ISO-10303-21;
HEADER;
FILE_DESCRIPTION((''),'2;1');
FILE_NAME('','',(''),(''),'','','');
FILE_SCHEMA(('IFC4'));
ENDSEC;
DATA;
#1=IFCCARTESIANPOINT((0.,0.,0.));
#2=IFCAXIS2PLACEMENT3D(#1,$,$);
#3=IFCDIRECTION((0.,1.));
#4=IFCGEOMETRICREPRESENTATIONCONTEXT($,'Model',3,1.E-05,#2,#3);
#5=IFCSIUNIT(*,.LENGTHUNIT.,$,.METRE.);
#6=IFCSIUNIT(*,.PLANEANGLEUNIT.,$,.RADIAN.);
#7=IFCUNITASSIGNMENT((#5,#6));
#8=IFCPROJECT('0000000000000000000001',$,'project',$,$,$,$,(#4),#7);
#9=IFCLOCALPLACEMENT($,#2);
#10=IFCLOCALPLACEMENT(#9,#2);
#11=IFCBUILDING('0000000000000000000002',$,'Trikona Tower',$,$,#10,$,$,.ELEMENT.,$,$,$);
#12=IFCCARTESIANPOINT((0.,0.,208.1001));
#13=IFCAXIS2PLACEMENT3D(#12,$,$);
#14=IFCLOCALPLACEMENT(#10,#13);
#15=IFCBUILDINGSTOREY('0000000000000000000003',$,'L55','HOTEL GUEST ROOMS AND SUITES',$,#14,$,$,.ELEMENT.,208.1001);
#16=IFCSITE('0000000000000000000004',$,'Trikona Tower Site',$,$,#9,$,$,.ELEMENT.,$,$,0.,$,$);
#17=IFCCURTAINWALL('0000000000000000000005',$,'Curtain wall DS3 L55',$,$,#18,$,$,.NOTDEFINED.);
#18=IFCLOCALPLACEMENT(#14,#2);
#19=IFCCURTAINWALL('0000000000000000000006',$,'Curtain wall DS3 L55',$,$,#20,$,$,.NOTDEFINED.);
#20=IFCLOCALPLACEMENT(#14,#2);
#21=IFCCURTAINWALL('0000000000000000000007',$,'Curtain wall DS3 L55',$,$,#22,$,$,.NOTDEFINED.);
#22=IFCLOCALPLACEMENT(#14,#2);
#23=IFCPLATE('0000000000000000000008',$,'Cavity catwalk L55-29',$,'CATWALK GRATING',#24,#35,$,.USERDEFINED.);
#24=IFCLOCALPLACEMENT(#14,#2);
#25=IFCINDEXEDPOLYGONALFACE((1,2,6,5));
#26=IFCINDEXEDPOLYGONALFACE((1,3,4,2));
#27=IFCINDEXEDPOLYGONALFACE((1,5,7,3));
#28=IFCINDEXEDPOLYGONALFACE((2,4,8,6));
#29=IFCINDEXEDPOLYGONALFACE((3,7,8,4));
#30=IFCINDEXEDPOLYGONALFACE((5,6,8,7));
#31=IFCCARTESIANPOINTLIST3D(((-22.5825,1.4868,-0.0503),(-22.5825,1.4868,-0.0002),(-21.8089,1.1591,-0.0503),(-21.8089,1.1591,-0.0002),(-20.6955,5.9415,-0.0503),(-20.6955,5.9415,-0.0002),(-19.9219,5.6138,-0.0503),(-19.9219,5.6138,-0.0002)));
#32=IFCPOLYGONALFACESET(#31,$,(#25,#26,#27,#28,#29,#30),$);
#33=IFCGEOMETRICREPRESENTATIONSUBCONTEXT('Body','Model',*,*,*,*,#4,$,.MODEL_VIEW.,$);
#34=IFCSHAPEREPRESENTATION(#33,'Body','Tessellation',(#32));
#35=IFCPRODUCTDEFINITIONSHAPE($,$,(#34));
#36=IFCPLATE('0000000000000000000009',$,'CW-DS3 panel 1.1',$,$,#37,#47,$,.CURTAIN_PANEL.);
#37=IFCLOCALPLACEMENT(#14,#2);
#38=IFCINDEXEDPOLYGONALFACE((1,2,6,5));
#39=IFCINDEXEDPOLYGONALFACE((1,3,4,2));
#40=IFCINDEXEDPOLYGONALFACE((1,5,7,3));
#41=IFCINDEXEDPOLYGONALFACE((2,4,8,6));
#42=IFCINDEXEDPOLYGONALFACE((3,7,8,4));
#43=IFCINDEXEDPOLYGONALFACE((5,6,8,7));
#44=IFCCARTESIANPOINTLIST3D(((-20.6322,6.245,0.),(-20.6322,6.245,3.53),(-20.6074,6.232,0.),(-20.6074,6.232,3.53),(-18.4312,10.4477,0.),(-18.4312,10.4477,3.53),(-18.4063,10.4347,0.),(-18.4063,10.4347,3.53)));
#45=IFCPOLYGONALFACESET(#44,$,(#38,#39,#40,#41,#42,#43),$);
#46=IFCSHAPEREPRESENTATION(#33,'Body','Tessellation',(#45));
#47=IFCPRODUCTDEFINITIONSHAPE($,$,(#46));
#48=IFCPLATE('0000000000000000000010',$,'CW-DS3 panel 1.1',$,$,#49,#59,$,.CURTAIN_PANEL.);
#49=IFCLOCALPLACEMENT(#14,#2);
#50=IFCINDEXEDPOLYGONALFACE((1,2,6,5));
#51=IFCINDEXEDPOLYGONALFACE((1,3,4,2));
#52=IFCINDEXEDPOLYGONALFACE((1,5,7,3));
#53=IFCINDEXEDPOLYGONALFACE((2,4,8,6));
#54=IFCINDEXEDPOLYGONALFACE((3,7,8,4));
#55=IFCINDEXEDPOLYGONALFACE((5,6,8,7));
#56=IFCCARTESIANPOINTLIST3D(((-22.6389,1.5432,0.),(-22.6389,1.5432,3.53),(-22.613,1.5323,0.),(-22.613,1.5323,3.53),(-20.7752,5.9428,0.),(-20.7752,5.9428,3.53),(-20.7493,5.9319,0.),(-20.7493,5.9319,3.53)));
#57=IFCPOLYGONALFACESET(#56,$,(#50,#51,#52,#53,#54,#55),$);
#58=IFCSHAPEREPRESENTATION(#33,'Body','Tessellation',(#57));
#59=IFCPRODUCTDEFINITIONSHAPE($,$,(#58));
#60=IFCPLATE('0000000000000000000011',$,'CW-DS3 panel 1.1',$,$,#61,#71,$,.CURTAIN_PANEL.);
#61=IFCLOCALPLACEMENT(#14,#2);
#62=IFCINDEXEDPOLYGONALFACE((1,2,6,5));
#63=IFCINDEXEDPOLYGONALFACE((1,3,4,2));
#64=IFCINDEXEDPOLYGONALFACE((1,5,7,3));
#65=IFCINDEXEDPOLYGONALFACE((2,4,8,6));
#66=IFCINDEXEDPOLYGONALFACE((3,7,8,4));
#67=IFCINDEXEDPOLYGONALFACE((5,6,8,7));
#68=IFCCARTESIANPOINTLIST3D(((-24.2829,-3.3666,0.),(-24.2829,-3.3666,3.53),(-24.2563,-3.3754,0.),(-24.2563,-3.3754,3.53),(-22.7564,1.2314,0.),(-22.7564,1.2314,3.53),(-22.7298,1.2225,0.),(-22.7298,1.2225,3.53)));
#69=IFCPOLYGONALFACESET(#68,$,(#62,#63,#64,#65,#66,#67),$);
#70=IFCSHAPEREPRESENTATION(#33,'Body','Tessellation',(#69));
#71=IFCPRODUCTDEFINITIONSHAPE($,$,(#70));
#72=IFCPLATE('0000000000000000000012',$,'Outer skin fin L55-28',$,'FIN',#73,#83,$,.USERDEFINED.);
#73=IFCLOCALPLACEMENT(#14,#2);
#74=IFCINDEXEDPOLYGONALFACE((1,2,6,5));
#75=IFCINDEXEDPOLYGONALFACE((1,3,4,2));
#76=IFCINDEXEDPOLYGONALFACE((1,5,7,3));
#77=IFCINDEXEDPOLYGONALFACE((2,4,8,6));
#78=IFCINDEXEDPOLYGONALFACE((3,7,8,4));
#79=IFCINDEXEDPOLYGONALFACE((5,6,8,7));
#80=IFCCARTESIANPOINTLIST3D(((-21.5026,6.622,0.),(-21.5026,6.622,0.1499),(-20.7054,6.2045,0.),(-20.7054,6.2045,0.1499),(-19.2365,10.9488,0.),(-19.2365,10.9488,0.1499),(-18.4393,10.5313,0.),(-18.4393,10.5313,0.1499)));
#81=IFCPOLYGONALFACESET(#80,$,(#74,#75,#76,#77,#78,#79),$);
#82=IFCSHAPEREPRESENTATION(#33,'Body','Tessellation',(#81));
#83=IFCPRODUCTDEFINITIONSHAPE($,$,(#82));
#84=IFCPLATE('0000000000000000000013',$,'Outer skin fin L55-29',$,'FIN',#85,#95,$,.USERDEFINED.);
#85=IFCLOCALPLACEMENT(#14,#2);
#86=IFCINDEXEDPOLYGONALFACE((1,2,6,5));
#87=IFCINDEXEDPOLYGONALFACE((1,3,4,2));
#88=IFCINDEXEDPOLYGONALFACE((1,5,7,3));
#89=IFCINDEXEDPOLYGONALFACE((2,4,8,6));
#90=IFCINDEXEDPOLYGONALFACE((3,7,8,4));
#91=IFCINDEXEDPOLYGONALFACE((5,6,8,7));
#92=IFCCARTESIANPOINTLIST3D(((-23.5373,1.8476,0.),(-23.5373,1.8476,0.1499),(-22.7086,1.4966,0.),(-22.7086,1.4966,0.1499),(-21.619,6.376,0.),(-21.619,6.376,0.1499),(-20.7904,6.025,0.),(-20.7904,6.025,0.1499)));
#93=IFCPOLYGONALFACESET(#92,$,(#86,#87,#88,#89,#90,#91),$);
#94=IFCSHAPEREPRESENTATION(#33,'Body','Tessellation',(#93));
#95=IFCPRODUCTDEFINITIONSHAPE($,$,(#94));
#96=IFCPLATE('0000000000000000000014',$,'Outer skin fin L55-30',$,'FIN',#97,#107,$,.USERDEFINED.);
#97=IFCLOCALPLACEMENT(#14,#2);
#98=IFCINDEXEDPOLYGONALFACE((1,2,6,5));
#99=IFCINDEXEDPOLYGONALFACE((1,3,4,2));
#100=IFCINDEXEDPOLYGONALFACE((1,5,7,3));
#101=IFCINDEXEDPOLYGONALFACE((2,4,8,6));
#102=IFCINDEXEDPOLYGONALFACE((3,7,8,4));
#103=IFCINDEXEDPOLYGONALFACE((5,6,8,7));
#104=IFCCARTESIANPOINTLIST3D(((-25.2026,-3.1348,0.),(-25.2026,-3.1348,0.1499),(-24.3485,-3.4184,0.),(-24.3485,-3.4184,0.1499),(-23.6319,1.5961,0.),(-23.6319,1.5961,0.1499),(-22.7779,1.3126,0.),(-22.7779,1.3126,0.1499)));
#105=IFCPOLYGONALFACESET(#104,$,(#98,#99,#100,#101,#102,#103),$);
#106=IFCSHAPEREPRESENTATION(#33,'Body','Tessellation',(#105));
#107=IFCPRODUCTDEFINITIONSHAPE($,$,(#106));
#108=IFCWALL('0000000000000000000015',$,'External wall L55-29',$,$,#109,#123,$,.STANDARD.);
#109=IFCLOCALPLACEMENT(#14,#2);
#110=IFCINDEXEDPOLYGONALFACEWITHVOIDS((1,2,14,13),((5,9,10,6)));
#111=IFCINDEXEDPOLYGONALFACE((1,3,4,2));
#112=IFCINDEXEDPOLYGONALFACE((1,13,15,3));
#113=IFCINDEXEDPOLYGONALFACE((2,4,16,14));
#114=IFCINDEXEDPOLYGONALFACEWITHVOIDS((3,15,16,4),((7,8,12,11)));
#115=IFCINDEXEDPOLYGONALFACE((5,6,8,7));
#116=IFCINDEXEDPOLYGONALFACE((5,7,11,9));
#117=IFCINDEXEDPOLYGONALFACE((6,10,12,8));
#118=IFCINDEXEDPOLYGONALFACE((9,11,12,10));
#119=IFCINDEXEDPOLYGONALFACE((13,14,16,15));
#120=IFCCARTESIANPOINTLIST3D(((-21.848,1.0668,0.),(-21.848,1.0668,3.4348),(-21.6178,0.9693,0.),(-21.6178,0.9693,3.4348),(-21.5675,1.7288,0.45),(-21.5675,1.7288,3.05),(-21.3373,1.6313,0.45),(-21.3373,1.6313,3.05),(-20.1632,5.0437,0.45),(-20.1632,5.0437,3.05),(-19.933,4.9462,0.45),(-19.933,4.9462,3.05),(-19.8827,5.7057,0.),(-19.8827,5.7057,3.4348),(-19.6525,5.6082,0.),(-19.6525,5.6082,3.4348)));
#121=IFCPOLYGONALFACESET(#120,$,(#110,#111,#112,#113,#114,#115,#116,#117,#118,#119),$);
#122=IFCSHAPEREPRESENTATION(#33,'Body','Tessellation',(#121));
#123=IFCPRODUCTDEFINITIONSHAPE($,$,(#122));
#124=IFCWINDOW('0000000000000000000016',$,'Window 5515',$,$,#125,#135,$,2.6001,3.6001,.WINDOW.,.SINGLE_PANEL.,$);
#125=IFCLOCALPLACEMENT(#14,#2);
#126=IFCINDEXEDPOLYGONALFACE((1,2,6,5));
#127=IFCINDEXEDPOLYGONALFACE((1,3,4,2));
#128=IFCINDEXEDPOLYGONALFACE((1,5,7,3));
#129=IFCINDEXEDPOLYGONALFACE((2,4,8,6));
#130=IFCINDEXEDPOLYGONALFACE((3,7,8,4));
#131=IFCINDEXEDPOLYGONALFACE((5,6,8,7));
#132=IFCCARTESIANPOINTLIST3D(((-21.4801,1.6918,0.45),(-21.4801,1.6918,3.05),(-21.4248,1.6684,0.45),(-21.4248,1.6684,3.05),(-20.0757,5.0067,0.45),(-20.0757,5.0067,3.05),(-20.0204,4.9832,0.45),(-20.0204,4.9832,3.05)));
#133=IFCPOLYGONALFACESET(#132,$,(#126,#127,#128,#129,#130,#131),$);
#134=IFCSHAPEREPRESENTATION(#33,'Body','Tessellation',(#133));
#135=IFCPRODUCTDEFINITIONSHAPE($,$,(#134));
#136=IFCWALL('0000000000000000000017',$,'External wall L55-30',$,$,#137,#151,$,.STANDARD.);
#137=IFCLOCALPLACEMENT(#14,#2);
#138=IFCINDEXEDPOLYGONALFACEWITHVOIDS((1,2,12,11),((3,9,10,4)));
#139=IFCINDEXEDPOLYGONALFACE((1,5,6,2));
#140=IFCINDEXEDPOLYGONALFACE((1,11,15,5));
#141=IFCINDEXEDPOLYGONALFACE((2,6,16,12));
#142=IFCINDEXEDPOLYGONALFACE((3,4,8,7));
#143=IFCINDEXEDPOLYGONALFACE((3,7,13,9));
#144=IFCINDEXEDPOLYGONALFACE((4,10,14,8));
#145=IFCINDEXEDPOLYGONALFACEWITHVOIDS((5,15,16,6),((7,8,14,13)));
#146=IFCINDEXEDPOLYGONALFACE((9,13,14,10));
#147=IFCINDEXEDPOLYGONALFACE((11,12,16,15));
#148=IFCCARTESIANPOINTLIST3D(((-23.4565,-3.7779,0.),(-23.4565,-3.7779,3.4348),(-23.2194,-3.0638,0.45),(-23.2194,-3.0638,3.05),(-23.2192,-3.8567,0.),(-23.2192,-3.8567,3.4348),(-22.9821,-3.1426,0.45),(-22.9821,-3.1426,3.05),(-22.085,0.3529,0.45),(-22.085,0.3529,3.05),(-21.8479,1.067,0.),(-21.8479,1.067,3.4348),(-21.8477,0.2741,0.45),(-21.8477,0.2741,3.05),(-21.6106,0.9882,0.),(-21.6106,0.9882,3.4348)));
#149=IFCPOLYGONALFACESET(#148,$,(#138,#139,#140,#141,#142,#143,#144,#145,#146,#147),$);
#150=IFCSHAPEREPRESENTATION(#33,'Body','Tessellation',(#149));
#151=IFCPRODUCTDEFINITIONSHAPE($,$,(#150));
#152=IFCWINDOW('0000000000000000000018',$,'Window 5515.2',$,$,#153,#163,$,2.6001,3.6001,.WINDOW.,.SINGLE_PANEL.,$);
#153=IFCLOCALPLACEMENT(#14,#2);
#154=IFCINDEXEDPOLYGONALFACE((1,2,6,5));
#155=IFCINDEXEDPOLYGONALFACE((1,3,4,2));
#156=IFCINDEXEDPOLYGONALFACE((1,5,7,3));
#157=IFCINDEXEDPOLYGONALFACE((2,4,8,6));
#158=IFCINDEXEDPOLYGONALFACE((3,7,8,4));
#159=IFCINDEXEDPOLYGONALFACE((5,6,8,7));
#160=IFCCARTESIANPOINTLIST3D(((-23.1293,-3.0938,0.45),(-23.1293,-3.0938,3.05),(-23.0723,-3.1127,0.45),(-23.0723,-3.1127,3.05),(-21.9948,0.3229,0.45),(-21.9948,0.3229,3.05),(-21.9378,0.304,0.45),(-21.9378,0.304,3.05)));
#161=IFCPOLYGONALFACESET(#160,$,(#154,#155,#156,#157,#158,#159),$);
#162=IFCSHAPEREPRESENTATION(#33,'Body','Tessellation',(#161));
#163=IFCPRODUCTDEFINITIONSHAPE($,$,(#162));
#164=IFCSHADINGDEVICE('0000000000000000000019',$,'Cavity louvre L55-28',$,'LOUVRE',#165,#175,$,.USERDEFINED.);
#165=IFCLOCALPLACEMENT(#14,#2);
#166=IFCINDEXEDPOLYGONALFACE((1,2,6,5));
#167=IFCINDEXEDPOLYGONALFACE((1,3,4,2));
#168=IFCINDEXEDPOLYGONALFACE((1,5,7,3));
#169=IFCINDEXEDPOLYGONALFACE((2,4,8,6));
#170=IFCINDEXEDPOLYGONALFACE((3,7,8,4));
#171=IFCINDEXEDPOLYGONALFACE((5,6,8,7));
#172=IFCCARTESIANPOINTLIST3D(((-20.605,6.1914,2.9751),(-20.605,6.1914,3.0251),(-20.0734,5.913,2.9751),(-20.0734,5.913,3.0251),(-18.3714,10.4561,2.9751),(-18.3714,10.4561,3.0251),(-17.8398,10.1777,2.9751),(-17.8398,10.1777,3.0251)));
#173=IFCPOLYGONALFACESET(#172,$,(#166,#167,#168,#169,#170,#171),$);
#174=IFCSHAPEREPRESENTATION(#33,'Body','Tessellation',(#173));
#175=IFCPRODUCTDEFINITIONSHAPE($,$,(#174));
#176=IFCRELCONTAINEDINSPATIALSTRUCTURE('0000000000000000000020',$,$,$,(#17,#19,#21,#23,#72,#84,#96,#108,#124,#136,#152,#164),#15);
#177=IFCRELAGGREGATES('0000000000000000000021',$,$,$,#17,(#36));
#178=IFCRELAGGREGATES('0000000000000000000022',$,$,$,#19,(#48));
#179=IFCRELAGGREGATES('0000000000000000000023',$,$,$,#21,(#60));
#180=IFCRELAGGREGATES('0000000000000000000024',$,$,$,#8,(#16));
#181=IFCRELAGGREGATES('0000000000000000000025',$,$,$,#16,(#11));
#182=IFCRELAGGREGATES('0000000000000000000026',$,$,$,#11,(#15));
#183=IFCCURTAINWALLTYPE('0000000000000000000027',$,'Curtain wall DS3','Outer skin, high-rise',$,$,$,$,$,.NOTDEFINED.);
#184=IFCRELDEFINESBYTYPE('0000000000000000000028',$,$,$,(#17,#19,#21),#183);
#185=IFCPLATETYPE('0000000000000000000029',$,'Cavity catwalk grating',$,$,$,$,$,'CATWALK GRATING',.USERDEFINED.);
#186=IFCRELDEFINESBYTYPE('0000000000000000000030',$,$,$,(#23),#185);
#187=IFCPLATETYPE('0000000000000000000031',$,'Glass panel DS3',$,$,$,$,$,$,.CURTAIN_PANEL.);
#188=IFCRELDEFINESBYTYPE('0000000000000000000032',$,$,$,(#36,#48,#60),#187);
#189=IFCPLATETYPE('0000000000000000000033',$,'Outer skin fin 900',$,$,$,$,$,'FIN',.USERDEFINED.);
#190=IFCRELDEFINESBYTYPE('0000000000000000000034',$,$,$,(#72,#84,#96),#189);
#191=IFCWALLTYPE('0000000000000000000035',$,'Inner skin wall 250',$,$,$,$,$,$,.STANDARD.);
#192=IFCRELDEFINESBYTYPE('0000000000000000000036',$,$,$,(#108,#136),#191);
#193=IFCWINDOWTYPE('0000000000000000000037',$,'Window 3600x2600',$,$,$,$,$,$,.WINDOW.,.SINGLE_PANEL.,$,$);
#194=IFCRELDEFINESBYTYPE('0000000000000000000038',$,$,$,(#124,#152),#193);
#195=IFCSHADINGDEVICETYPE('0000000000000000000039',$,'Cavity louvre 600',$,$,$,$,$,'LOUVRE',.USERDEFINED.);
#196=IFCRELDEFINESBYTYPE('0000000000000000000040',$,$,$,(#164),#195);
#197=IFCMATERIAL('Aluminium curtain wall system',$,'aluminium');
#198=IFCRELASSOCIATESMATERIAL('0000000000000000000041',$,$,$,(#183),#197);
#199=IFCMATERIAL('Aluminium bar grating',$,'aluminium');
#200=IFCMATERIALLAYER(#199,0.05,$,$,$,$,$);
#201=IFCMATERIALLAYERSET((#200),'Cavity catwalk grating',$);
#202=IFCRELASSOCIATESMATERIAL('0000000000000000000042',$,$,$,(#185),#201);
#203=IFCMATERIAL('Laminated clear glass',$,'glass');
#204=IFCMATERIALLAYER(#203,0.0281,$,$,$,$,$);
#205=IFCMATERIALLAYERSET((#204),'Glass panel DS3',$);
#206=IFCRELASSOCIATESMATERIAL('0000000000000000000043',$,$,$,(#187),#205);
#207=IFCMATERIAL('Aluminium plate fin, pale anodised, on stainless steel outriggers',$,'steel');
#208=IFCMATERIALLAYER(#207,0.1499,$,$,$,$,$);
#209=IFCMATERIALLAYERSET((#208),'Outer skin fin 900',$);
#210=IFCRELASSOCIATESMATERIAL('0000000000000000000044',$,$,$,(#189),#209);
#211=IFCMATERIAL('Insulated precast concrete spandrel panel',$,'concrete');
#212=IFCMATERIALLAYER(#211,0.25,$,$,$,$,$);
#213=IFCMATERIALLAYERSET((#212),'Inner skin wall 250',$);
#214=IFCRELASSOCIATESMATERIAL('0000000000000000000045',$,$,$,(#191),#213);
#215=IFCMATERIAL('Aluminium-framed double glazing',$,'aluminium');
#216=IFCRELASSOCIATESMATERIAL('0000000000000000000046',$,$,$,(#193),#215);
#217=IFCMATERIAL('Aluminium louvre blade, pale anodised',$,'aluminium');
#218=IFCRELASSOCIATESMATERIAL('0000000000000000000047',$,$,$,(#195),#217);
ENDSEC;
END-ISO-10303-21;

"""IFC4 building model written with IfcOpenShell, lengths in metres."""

from ifc_helpers import new_model, si_unit, direction, frame, frame_2d, origin, origin_2d, place, context, subcontext, project, spatial, rectangle, extrude, material, layer, layer_set, type_object, element, fill, aggregate, save


model = new_model("IFC4")

# Units and contexts
model_context = context("Model", 3, precision=1e-05, world=origin(), true_north=direction((0.0, 1.0)))
body_context = subcontext(model_context, "Body", "Model", "MODEL_VIEW")
ifc_project = project(units=[si_unit("LENGTHUNIT", "METRE"), si_unit("PLANEANGLEUNIT", "RADIAN")], contexts=[model_context])

# Site, building, storey
site_placement = place(None, origin())
site = spatial("IfcSite", under=ifc_project, at=site_placement, Name="Trikona Tower Site", CompositionType="ELEMENT", RefElevation=0.0)
building_placement = place(site_placement, origin())
building = spatial("IfcBuilding", under=site, at=building_placement, Name="Trikona Tower", CompositionType="ELEMENT")
storey_placement = place(building_placement, frame((0.0, 0.0, 208.1001)))
storey = spatial("IfcBuildingStorey", under=building, at=storey_placement, Name="L55", Description="HOTEL GUEST ROOMS AND SUITES", CompositionType="ELEMENT", Elevation=208.1001)

# Shared definitions
ifc_material_1 = material(Name="Aluminium curtain wall system", Category="aluminium")
curtain_wall_type = type_object("IfcCurtainWallType", Name="Curtain wall DS3", Description="Outer skin, high-rise", PredefinedType="NOTDEFINED", material=ifc_material_1)

# Curtain walls
curtain_wall_1_placement = place(storey_placement, origin())
curtain_wall_1 = element("IfcCurtainWall", 1, at=curtain_wall_1_placement, inside=storey, type_object=curtain_wall_type, Name="Curtain wall DS3 L55", PredefinedType="NOTDEFINED")
curtain_wall_2_placement = place(storey_placement, origin())
curtain_wall_2 = element("IfcCurtainWall", 2, at=curtain_wall_2_placement, inside=storey, type_object=curtain_wall_type, Name="Curtain wall DS3 L55", PredefinedType="NOTDEFINED")

# Curtain wall
curtain_wall_3_placement = place(storey_placement, origin())
curtain_wall_3 = element("IfcCurtainWall", 3, at=curtain_wall_3_placement, inside=storey, type_object=curtain_wall_type, Name="Curtain wall DS3 L55", PredefinedType="NOTDEFINED")

# Plate
ifc_material_2 = material(Name="Aluminium bar grating", Category="aluminium")
ifc_layer_1 = layer(ifc_material_2, 0.05)
ifc_layer_set_1 = layer_set([ifc_layer_1], Name="Cavity catwalk grating")
plate_type_1 = type_object("IfcPlateType", Name="Cavity catwalk grating", ElementType="CATWALK GRATING", PredefinedType="USERDEFINED", material=ifc_layer_set_1)
plate_1_placement = place(storey_placement, frame((-21.2522, 3.5503, -0.0503), z_axis=(0.0, 0.0, 1.0), x_axis=(-0.390051, -0.920793, 0.0)))
element("IfcPlate", 4, at=plate_1_placement, inside=storey, type_object=plate_type_1, Name="Cavity catwalk L55-29", ObjectType="CATWALK GRATING", PredefinedType="USERDEFINED", context=body_context, shape_type="SweptSolid", body=[
    extrude(rectangle(XDim=4.8379, YDim=0.8401, at=origin_2d()), origin(), (0.0, 0.0, 1.0), 0.05),
])

# Plates
ifc_material_3 = material(Name="Laminated clear glass", Category="glass")
ifc_layer_2 = layer(ifc_material_3, 0.0281)
ifc_layer_set_2 = layer_set([ifc_layer_2], Name="Glass panel DS3")
plate_type_2 = type_object("IfcPlateType", Name="Glass panel DS3", PredefinedType="CURTAIN_PANEL", material=ifc_layer_set_2)
plate_2_placement = place(storey_placement, frame((-19.5193, 8.3398, 0.0), z_axis=(0.0, 0.0, 1.0), x_axis=(-0.463948, -0.885862, 0.0)))
plate_2 = element("IfcPlate", 5, at=plate_2_placement, type_object=plate_type_2, Name="CW-DS3 panel 1.1", PredefinedType="CURTAIN_PANEL", context=body_context, shape_type="SweptSolid", body=[
    extrude(rectangle(XDim=4.7441, YDim=0.0281, at=origin_2d()), origin(), (0.0, 0.0, 1.0), 3.53),
])
aggregate(curtain_wall_1, [plate_2])
plate_3_placement = place(storey_placement, frame((-21.6941, 3.7375, 0.0), z_axis=(0.0, 0.0, 1.0), x_axis=(-0.390053, -0.920792, 0.0)))
plate_3 = element("IfcPlate", 6, at=plate_3_placement, type_object=plate_type_2, Name="CW-DS3 panel 1.1", PredefinedType="CURTAIN_PANEL", context=body_context, shape_type="SweptSolid", body=[
    extrude(rectangle(XDim=4.7781, YDim=0.0281, at=origin_2d()), origin(), (0.0, 0.0, 1.0), 3.53),
])
aggregate(curtain_wall_2, [plate_3])
plate_4_placement = place(storey_placement, frame((-23.5063, -1.072, 0.0), z_axis=(0.0, 0.0, 1.0), x_axis=(-0.315078, -0.949066, 0.0)))
plate_4 = element("IfcPlate", 7, at=plate_4_placement, type_object=plate_type_2, Name="CW-DS3 panel 1.1", PredefinedType="CURTAIN_PANEL", context=body_context, shape_type="SweptSolid", body=[
    extrude(rectangle(XDim=4.8447, YDim=0.0281, at=origin_2d()), origin(), (0.0, 0.0, 1.0), 3.53),
])
aggregate(curtain_wall_3, [plate_4])

# Plates
ifc_material_4 = material(Name="Aluminium plate fin, pale anodised, on stainless steel outriggers", Category="steel")
ifc_layer_3 = layer(ifc_material_4, 0.1499)
ifc_layer_set_3 = layer_set([ifc_layer_3], Name="Outer skin fin 900")
plate_type_3 = type_object("IfcPlateType", Name="Outer skin fin 900", ElementType="FIN", PredefinedType="USERDEFINED", material=ifc_layer_set_3)
plate_5_placement = place(storey_placement, frame((-19.9709, 8.5767, 0.0), z_axis=(0.0, 0.0, 1.0), x_axis=(-0.463952, -0.88586, 0.0)))
element("IfcPlate", 8, at=plate_5_placement, inside=storey, type_object=plate_type_3, Name="Outer skin fin L55-28", ObjectType="FIN", PredefinedType="USERDEFINED", context=body_context, shape_type="SweptSolid", body=[
    extrude(rectangle(XDim=4.8843, YDim=0.8999, at=origin_2d()), origin(), (0.0, 0.0, 1.0), 0.1499),
])
plate_6_placement = place(storey_placement, frame((-22.1638, 3.9363, 0.0), z_axis=(0.0, 0.0, 1.0), x_axis=(-0.390051, -0.920793, 0.0)))
element("IfcPlate", 9, at=plate_6_placement, inside=storey, type_object=plate_type_3, Name="Outer skin fin L55-29", ObjectType="FIN", PredefinedType="USERDEFINED", context=body_context, shape_type="SweptSolid", body=[
    extrude(rectangle(XDim=4.918, YDim=0.8999, at=origin_2d()), origin(), (0.0, 0.0, 1.0), 0.1499),
])
plate_7_placement = place(storey_placement, frame((-23.9902, -0.9111, 0.0), z_axis=(0.0, 0.0, 1.0), x_axis=(-0.315093, -0.949061, 0.0)))
element("IfcPlate", 10, at=plate_7_placement, inside=storey, type_object=plate_type_3, Name="Outer skin fin L55-30", ObjectType="FIN", PredefinedType="USERDEFINED", context=body_context, shape_type="SweptSolid", body=[
    extrude(rectangle(XDim=4.9849, YDim=0.8999, at=origin_2d()), origin(), (0.0, 0.0, 1.0), 0.1499),
])

# Walls, openings, windows
ifc_material_5 = material(Name="Insulated precast concrete spandrel panel", Category="concrete")
ifc_layer_4 = layer(ifc_material_5, 0.25)
ifc_layer_set_4 = layer_set([ifc_layer_4], Name="Inner skin wall 250")
wall_type = type_object("IfcWallType", Name="Inner skin wall 250", PredefinedType="STANDARD", material=ifc_layer_set_4)
wall_1_placement = place(storey_placement, frame((-19.7676, 5.657, 0.0), z_axis=(0.0, 0.0, 1.0), x_axis=(-0.390097, -0.920774, 0.0)))
wall_1 = element("IfcWall", 11, at=wall_1_placement, inside=storey, type_object=wall_type, Name="External wall L55-29", PredefinedType="STANDARD", context=body_context, shape_type="SweptSolid", body=[
    extrude(rectangle(XDim=5.0381, YDim=0.25, at=frame_2d((2.519, 0.0))), origin(), (0.0, 0.0, 1.0), 3.4348),
])
opening_1_placement = place(wall_1_placement, frame((0.719, 0.0, 0.45)))
opening_1 = element("IfcOpeningElement", 12, at=opening_1_placement, cuts=wall_1, PredefinedType="OPENING", context=body_context, shape_type="SweptSolid", body=[
    extrude(rectangle(XDim=3.6001, YDim=2.6001, at=frame_2d((1.8, 1.3))), frame((0.0, 0.135, 0.0), z_axis=(0.0, -1.0, 0.0), x_axis=(1.0, 0.0, 0.0)), (0.0, 0.0, 1.0), 0.27),
])
ifc_material_6 = material(Name="Aluminium-framed double glazing", Category="aluminium")
window_type = type_object("IfcWindowType", Name="Window 3600x2600", PartitioningType="SINGLE_PANEL", PredefinedType="WINDOW", material=ifc_material_6)
window_1_placement = place(opening_1_placement, origin())
window_1 = element("IfcWindow", 13, at=window_1_placement, inside=storey, type_object=window_type, Name="Window 5515", OverallHeight=2.6001, OverallWidth=3.6001, PartitioningType="SINGLE_PANEL", PredefinedType="WINDOW", context=body_context, shape_type="SweptSolid", body=[
    extrude(rectangle(XDim=3.6001, YDim=2.6001, at=frame_2d((1.8, 1.3))), frame((0.0, 0.03, 0.0), z_axis=(0.0, -1.0, 0.0), x_axis=(1.0, 0.0, 0.0)), (0.0, 0.0, 1.0), 0.0601),
])
fill(opening_1, window_1)
wall_2_placement = place(storey_placement, frame((-21.7292, 1.0276, 0.0), z_axis=(0.0, 0.0, 1.0), x_axis=(-0.315108, -0.949056, 0.0)))
wall_2 = element("IfcWall", 14, at=wall_2_placement, inside=storey, type_object=wall_type, Name="External wall L55-30", PredefinedType="STANDARD", context=body_context, shape_type="SweptSolid", body=[
    extrude(rectangle(XDim=5.105, YDim=0.25, at=frame_2d((2.5525, 0.0))), origin(), (0.0, 0.0, 1.0), 3.4348),
])
opening_2_placement = place(wall_2_placement, frame((0.7524, 0.0, 0.45)))
opening_2 = element("IfcOpeningElement", 15, at=opening_2_placement, cuts=wall_2, PredefinedType="OPENING", context=body_context, shape_type="SweptSolid", body=[
    extrude(rectangle(XDim=3.6001, YDim=2.6001, at=frame_2d((1.8, 1.3))), frame((0.0, 0.135, 0.0), z_axis=(0.0, -1.0, 0.0), x_axis=(1.0, 0.0, 0.0)), (0.0, 0.0, 1.0), 0.27),
])
window_2_placement = place(opening_2_placement, origin())
window_2 = element("IfcWindow", 16, at=window_2_placement, inside=storey, type_object=window_type, Name="Window 5515.2", OverallHeight=2.6001, OverallWidth=3.6001, PartitioningType="SINGLE_PANEL", PredefinedType="WINDOW", context=body_context, shape_type="SweptSolid", body=[
    extrude(rectangle(XDim=3.6001, YDim=2.6001, at=frame_2d((1.8, 1.3))), frame((0.0, 0.03, 0.0), z_axis=(0.0, -1.0, 0.0), x_axis=(1.0, 0.0, 0.0)), (0.0, 0.0, 1.0), 0.0601),
])
fill(opening_2, window_2)

# Shading device
ifc_material_7 = material(Name="Aluminium louvre blade, pale anodised", Category="aluminium")
shading_device_type = type_object("IfcShadingDeviceType", Name="Cavity louvre 600", ElementType="LOUVRE", PredefinedType="USERDEFINED", material=ifc_material_7)
shading_device_1_placement = place(storey_placement, frame((-19.2224, 8.1846, 2.9751), z_axis=(0.0, 0.0, 1.0), x_axis=(-0.463952, -0.88586, 0.0)))
element("IfcShadingDevice", 17, at=shading_device_1_placement, inside=storey, type_object=shading_device_type, Name="Cavity louvre L55-28", ObjectType="LOUVRE", PredefinedType="USERDEFINED", context=body_context, shape_type="SweptSolid", body=[
    extrude(rectangle(XDim=4.8142, YDim=0.6001, at=origin_2d()), origin(), (0.0, 0.0, 1.0), 0.05),
])

save(model, "model.ifc")
